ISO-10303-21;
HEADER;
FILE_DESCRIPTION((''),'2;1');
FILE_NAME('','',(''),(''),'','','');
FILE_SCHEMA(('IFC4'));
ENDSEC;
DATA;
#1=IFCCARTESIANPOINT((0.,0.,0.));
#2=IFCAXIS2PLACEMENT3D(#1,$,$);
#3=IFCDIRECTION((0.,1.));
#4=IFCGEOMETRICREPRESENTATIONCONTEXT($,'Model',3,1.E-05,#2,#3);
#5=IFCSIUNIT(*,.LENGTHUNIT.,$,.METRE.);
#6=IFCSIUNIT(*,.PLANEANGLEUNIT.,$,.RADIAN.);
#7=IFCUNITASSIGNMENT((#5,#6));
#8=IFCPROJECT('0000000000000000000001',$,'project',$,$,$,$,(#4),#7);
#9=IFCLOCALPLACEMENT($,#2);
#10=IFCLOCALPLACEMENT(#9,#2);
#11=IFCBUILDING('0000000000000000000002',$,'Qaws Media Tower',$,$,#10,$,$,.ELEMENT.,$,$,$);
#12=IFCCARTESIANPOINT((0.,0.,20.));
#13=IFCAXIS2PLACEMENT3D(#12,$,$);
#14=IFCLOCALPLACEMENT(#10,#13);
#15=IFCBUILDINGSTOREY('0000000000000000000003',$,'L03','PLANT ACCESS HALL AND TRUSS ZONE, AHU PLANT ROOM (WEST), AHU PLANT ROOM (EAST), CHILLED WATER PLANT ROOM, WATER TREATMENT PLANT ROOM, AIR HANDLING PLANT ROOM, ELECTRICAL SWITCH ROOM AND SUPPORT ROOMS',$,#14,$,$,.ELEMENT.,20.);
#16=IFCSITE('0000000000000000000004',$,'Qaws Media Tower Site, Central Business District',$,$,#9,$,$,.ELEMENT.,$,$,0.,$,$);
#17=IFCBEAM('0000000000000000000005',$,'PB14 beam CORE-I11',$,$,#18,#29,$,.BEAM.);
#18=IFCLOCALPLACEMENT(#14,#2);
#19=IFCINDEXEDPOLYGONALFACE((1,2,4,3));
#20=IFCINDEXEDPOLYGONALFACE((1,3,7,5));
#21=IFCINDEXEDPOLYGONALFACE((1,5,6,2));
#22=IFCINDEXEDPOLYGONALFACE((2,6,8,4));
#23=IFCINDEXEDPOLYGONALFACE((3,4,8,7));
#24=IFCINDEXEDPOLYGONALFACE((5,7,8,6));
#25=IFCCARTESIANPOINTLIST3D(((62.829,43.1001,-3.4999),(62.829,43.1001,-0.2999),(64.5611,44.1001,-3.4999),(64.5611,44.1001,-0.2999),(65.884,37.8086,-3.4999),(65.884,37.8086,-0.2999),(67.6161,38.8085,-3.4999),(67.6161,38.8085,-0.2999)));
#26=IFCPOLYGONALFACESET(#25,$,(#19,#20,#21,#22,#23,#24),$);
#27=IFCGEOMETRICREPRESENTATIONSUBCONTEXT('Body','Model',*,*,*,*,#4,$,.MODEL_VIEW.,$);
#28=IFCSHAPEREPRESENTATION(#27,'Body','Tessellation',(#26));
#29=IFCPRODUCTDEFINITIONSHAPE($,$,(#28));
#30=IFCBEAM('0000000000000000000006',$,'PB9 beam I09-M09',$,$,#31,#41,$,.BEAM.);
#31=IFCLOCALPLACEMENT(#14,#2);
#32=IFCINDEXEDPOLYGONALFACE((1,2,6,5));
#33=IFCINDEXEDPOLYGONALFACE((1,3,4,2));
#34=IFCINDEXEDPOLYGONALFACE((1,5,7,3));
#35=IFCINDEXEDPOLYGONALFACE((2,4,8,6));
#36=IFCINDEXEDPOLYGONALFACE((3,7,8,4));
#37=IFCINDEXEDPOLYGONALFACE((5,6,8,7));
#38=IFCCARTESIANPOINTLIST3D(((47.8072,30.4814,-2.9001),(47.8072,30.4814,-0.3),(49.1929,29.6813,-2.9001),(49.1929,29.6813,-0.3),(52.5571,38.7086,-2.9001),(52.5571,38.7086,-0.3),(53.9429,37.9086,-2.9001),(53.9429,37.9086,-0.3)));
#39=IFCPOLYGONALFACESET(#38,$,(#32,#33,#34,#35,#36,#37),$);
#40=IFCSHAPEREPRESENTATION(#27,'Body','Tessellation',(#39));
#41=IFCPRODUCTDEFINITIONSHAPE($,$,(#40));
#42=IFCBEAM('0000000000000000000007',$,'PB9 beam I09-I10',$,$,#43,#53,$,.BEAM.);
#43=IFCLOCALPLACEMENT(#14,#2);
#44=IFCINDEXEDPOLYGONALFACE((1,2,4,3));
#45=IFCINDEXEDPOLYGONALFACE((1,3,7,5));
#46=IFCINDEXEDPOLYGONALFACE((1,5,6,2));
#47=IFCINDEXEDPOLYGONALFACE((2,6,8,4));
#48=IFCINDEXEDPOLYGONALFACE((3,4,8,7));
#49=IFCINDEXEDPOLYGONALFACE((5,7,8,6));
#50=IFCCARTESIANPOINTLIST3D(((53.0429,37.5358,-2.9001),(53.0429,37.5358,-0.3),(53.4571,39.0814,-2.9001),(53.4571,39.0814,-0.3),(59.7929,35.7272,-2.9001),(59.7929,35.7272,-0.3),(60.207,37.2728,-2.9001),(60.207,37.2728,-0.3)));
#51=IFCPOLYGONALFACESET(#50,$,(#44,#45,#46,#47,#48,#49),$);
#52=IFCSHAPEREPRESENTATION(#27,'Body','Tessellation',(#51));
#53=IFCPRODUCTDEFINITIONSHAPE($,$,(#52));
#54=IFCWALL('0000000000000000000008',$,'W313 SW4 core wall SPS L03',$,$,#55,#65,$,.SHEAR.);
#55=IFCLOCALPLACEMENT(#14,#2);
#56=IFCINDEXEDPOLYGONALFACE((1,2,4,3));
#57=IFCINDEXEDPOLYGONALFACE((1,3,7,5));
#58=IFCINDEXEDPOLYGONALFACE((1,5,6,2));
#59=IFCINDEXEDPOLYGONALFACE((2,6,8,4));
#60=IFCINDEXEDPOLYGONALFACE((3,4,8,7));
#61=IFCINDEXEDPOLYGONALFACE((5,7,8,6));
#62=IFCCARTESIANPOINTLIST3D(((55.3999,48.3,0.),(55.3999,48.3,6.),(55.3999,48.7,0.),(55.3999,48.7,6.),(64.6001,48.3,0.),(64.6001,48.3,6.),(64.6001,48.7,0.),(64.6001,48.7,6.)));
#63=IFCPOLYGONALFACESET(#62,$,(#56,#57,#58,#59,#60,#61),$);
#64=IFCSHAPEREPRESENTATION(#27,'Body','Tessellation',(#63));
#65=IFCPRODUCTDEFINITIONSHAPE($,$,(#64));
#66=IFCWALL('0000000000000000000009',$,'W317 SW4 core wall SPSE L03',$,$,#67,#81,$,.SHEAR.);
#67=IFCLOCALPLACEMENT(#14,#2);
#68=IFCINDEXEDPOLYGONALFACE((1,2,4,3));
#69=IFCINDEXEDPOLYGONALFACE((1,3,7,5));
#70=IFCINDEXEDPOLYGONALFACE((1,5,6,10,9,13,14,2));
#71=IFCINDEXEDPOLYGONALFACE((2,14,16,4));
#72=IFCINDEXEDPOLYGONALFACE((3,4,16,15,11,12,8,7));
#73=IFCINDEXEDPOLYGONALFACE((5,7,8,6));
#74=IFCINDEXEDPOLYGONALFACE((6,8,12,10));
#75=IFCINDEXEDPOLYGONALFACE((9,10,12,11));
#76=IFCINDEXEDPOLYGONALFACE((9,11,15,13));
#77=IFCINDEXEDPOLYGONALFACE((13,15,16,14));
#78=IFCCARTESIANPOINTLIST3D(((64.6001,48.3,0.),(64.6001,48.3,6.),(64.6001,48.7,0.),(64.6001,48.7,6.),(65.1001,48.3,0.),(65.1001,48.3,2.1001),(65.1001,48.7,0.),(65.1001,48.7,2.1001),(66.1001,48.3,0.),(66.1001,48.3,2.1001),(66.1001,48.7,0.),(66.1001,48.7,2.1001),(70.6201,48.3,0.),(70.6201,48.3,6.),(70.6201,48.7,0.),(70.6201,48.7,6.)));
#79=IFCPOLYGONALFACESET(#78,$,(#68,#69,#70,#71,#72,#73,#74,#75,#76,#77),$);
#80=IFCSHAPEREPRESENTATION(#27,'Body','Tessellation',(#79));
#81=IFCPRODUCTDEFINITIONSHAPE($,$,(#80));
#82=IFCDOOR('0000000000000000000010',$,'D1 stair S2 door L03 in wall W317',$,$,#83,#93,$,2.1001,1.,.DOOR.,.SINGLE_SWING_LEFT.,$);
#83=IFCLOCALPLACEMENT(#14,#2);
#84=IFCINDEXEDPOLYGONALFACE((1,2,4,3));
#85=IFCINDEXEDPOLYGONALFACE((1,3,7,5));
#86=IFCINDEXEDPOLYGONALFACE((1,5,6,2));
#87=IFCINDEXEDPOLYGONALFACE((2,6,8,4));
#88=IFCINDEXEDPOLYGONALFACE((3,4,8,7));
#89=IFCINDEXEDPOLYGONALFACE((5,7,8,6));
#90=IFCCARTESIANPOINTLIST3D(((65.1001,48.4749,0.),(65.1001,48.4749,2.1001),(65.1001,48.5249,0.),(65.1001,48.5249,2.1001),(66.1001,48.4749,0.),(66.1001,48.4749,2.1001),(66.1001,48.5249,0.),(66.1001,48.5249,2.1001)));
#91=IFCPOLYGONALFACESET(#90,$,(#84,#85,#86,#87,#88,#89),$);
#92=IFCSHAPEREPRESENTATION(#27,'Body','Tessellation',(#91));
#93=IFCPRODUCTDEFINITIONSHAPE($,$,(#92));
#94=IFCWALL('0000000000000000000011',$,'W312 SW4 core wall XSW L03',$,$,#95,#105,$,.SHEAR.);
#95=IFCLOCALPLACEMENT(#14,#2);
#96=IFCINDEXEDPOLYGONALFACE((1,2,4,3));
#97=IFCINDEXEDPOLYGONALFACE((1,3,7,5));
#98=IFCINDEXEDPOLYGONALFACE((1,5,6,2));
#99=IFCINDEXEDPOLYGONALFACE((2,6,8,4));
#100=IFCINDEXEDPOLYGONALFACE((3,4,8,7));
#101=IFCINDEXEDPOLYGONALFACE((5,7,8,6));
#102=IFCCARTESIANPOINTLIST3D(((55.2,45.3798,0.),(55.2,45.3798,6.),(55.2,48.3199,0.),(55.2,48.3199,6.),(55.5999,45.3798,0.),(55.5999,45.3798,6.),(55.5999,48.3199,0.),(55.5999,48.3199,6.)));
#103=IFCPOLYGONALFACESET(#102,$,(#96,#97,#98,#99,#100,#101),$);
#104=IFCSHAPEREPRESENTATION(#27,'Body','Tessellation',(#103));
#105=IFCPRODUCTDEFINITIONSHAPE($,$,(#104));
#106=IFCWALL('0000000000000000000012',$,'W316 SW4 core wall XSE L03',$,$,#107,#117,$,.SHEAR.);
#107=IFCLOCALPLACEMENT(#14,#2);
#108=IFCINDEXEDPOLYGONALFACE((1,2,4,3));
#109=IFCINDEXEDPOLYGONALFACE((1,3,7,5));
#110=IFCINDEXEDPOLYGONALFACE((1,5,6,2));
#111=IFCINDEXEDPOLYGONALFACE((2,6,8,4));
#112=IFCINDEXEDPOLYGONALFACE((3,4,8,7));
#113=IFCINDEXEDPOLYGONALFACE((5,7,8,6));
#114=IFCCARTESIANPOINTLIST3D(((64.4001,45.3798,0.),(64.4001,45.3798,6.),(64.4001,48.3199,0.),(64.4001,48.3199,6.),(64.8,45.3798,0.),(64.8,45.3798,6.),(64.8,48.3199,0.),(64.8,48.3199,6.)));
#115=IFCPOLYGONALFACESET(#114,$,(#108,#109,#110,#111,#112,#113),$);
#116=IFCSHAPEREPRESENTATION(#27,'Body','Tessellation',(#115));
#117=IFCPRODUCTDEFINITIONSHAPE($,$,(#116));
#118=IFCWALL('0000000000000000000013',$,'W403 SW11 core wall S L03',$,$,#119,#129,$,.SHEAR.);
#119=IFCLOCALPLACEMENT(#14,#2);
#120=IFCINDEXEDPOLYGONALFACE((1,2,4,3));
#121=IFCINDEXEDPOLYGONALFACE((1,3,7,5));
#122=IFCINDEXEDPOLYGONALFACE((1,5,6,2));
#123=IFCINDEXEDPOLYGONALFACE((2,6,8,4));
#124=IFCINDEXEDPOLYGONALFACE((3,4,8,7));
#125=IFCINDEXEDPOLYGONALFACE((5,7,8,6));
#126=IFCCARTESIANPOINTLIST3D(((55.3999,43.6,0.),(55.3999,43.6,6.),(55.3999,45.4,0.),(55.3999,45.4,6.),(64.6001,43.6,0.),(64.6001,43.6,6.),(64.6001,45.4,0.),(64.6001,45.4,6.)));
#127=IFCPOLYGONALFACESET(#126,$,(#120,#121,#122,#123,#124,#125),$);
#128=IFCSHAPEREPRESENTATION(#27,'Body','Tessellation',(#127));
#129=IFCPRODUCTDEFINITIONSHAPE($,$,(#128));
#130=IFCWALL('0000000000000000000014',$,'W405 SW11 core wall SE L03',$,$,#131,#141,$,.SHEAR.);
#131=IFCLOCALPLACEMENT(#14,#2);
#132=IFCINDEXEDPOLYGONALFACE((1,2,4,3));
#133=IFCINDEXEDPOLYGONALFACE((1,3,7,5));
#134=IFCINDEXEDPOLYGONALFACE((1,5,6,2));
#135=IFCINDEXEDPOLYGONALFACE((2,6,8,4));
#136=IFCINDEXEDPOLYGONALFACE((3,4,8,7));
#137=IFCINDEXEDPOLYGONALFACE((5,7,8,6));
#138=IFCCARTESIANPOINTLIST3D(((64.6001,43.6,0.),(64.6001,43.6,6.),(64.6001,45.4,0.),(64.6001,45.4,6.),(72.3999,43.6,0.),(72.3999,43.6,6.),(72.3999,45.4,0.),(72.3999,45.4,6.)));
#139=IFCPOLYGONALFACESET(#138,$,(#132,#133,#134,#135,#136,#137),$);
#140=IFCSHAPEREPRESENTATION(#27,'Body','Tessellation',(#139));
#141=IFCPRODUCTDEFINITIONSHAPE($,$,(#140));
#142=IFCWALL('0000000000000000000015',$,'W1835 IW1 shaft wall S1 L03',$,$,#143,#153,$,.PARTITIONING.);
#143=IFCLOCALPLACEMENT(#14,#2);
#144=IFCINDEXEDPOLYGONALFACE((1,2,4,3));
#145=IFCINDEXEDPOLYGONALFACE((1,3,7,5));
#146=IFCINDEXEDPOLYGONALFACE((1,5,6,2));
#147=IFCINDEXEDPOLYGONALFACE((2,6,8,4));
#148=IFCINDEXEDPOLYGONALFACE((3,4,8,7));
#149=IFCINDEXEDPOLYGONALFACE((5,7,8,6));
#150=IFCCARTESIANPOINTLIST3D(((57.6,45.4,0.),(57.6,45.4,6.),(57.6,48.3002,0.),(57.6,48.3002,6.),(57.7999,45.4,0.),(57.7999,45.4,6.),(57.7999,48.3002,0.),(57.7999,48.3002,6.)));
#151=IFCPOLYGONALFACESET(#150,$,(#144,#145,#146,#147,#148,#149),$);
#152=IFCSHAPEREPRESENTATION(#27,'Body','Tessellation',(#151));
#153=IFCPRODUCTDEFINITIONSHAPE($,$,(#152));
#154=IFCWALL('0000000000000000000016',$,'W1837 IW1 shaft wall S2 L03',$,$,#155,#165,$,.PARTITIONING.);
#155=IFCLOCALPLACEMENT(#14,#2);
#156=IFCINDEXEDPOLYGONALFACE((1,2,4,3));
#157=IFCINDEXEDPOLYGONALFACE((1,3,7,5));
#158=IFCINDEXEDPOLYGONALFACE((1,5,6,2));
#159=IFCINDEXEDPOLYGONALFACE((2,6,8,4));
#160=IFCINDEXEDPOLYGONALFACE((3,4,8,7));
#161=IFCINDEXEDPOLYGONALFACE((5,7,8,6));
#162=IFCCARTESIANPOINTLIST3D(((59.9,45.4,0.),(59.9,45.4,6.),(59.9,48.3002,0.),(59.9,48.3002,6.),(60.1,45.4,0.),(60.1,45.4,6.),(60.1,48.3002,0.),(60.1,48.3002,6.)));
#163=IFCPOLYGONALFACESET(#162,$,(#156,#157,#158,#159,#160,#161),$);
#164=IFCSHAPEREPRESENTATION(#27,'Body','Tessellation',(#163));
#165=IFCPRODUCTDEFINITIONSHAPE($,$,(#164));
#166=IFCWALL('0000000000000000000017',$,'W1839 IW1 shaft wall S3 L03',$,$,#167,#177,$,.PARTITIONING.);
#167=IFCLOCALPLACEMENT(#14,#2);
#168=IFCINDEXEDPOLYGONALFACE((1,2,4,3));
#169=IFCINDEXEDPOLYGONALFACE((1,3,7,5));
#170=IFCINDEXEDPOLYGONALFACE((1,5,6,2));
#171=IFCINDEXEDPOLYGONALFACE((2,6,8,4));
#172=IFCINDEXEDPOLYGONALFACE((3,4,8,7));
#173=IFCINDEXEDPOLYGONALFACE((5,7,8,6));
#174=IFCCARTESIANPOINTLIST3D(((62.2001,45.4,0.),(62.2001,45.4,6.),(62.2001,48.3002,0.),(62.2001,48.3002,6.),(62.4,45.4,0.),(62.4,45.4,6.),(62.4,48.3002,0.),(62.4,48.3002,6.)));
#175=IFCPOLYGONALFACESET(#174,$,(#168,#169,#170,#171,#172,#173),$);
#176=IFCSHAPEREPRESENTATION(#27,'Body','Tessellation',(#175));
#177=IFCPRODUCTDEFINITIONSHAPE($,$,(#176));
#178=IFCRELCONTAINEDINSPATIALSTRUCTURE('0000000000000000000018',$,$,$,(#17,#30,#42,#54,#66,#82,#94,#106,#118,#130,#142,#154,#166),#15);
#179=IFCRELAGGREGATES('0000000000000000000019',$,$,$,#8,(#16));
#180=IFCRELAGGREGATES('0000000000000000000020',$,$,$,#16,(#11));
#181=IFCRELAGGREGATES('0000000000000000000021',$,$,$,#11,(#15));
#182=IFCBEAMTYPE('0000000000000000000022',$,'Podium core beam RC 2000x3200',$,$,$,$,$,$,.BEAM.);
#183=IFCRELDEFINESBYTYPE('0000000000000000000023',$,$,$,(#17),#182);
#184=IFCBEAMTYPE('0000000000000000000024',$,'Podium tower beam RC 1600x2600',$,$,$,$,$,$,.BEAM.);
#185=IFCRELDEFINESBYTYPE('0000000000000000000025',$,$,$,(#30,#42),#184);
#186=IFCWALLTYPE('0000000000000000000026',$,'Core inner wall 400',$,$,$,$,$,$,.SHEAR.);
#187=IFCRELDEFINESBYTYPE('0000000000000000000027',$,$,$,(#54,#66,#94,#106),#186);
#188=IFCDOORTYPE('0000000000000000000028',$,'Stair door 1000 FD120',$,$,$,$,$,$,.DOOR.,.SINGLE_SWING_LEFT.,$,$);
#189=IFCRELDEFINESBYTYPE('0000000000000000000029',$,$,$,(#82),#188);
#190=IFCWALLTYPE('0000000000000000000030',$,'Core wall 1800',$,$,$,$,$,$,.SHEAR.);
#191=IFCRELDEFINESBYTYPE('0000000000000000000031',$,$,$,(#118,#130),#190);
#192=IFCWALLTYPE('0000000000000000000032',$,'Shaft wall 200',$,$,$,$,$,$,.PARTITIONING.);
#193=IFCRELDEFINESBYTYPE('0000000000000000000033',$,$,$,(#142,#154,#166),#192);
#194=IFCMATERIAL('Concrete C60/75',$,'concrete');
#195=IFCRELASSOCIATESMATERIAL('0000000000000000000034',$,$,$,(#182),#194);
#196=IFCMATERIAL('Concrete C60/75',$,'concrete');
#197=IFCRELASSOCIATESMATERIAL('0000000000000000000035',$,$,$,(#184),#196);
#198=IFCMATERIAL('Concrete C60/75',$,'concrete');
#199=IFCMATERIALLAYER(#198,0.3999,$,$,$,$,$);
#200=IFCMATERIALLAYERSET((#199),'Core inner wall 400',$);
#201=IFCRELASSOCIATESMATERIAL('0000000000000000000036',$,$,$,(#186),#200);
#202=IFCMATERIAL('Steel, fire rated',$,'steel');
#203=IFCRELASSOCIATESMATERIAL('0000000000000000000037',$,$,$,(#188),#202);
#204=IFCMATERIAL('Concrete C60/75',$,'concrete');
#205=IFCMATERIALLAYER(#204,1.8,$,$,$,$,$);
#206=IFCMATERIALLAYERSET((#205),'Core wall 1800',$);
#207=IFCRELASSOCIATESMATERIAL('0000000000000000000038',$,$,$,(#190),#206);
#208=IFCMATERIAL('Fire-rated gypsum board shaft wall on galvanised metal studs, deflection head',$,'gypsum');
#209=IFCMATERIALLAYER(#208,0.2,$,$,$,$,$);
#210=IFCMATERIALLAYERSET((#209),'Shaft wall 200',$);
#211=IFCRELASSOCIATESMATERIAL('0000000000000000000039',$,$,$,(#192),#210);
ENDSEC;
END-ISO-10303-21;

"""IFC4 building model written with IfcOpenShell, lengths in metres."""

from ifc_helpers import new_model, si_unit, direction, frame, frame_2d, origin, origin_2d, place, context, subcontext, project, spatial, rectangle, extrude, material, layer, layer_set, material_profile, profile_set, type_object, element, fill, save


model = new_model("IFC4")

# Units and contexts
model_context = context("Model", 3, precision=1e-05, world=origin(), true_north=direction((0.0, 1.0)))
body_context = subcontext(model_context, "Body", "Model", "MODEL_VIEW")
ifc_project = project(units=[si_unit("LENGTHUNIT", "METRE"), si_unit("PLANEANGLEUNIT", "RADIAN")], contexts=[model_context])

# Site, building, storey
site_placement = place(None, origin())
site = spatial("IfcSite", under=ifc_project, at=site_placement, Name="Qaws Media Tower Site, Central Business District", CompositionType="ELEMENT", RefElevation=0.0)
building_placement = place(site_placement, origin())
building = spatial("IfcBuilding", under=site, at=building_placement, Name="Qaws Media Tower", CompositionType="ELEMENT")
storey_placement = place(building_placement, frame((0.0, 0.0, 20.0)))
storey = spatial("IfcBuildingStorey", under=building, at=storey_placement, Name="L03", Description="PLANT ACCESS HALL AND TRUSS ZONE, AHU PLANT ROOM (WEST), AHU PLANT ROOM (EAST), CHILLED WATER PLANT ROOM, WATER TREATMENT PLANT ROOM, AIR HANDLING PLANT ROOM, ELECTRICAL SWITCH ROOM AND SUPPORT ROOMS", CompositionType="ELEMENT", Elevation=20.0)

# Beams
ifc_material_1 = material(Name="Concrete C60/75", Category="concrete")
ifc_material_profile_1 = material_profile(ifc_material_1, rectangle(XDim=2.0, YDim=3.2, at=origin_2d()), Name="RC 2000x3200")
ifc_profile_set_1 = profile_set([ifc_material_profile_1], Name="Concrete C60/75")
beam_type_1 = type_object("IfcBeamType", Name="Podium core beam RC 2000x3200", PredefinedType="BEAM", material=ifc_profile_set_1)
beam_1_placement = place(storey_placement, frame((63.6951, 43.6001, -1.8999), z_axis=(0.499985, -0.866034, 0.0), x_axis=(0.866034, 0.499985, 0.0)))
element("IfcBeam", 1, at=beam_1_placement, inside=storey, type_object=beam_type_1, Name="PB14 beam CORE-I11", PredefinedType="BEAM", context=body_context, shape_type="SweptSolid", body=[
    extrude(rectangle(XDim=2.0, YDim=3.2, at=origin_2d()), origin(), (0.0, 0.0, 1.0), 6.1101),
])
ifc_material_2 = material(Name="Concrete C60/75", Category="concrete")
ifc_material_profile_2 = material_profile(ifc_material_2, rectangle(XDim=1.6001, YDim=2.6001, at=origin_2d()), Name="RC 1600x2600")
ifc_profile_set_2 = profile_set([ifc_material_profile_2], Name="Concrete C60/75")
beam_type_2 = type_object("IfcBeamType", Name="Podium tower beam RC 1600x2600", PredefinedType="BEAM", material=ifc_profile_set_2)
beam_2_placement = place(storey_placement, frame((53.25, 38.3086, -1.6001), z_axis=(-0.499998, -0.866027, 0.0), x_axis=(0.866027, -0.499998, 0.0)))
element("IfcBeam", 2, at=beam_2_placement, inside=storey, type_object=beam_type_2, Name="PB9 beam I09-M09", PredefinedType="BEAM", context=body_context, shape_type="SweptSolid", body=[
    extrude(rectangle(XDim=1.6001, YDim=2.6001, at=origin_2d()), origin(), (0.0, 0.0, 1.0), 9.5),
])
beam_3_placement = place(storey_placement, frame((53.25, 38.3086, -1.6001), z_axis=(0.965928, -0.258811, 0.0), x_axis=(0.258811, 0.965928, 0.0)))
element("IfcBeam", 3, at=beam_3_placement, inside=storey, type_object=beam_type_2, Name="PB9 beam I09-I10", PredefinedType="BEAM", context=body_context, shape_type="SweptSolid", body=[
    extrude(rectangle(XDim=1.6001, YDim=2.6001, at=origin_2d()), origin(), (0.0, 0.0, 1.0), 6.988),
])

# Wall
ifc_material_3 = material(Name="Concrete C60/75", Category="concrete")
ifc_layer_1 = layer(ifc_material_3, 0.3999)
ifc_layer_set_1 = layer_set([ifc_layer_1], Name="Core inner wall 400")
wall_type_1 = type_object("IfcWallType", Name="Core inner wall 400", PredefinedType="SHEAR", material=ifc_layer_set_1)
wall_1_placement = place(storey_placement, frame((55.3999, 48.5, 0.0), z_axis=(0.0, 0.0, 1.0), x_axis=(1.0, 0.0, 0.0)))
element("IfcWall", 4, at=wall_1_placement, inside=storey, type_object=wall_type_1, Name="W313 SW4 core wall SPS L03", PredefinedType="SHEAR", context=body_context, shape_type="SweptSolid", body=[
    extrude(rectangle(XDim=9.2002, YDim=0.3999, at=frame_2d((4.6001, 0.0))), origin(), (0.0, 0.0, 1.0), 6.0),
])

# Wall, opening, door
wall_2_placement = place(storey_placement, frame((64.6001, 48.5, 0.0), z_axis=(0.0, 0.0, 1.0), x_axis=(1.0, 0.0, 0.0)))
wall_2 = element("IfcWall", 5, at=wall_2_placement, inside=storey, type_object=wall_type_1, Name="W317 SW4 core wall SPSE L03", PredefinedType="SHEAR", context=body_context, shape_type="SweptSolid", body=[
    extrude(rectangle(XDim=6.02, YDim=0.3999, at=frame_2d((3.01, 0.0))), origin(), (0.0, 0.0, 1.0), 6.0),
])
opening_placement = place(wall_2_placement, frame((0.5, 0.0, 0.0)))
opening = element("IfcOpeningElement", 6, at=opening_placement, cuts=wall_2, PredefinedType="OPENING", context=body_context, shape_type="SweptSolid", body=[
    extrude(rectangle(XDim=1.0, YDim=2.1001, at=frame_2d((0.5, 1.05))), frame((0.0, 0.21, 0.0), z_axis=(0.0, -1.0, 0.0), x_axis=(1.0, 0.0, 0.0)), (0.0, 0.0, 1.0), 0.4199),
])
ifc_material_4 = material(Name="Steel, fire rated", Category="steel")
door_type = type_object("IfcDoorType", Name="Stair door 1000 FD120", OperationType="SINGLE_SWING_LEFT", PredefinedType="DOOR", material=ifc_material_4)
door_placement = place(opening_placement, origin())
door = element("IfcDoor", 7, at=door_placement, inside=storey, type_object=door_type, Name="D1 stair S2 door L03 in wall W317", OperationType="SINGLE_SWING_LEFT", OverallHeight=2.1001, OverallWidth=1.0, PredefinedType="DOOR", context=body_context, shape_type="SweptSolid", body=[
    extrude(rectangle(XDim=1.0, YDim=2.1001, at=frame_2d((0.5, 1.05))), frame((0.0, 0.0249, 0.0), z_axis=(0.0, -1.0, 0.0), x_axis=(1.0, 0.0, 0.0)), (0.0, 0.0, 1.0), 0.05),
])
fill(opening, door)

# Walls
for number, where, z_axis, x_axis, name in (
    (8, (55.3999, 48.3201, 0.0), (0.0, 0.0, 1.0), (0.0, -1.0, 0.0), "W312 SW4 core wall XSW L03"),
    (9, (64.6001, 48.3201, 0.0), (0.0, 0.0, 1.0), (0.0, -1.0, 0.0), "W316 SW4 core wall XSE L03"),
):
    element("IfcWall", number, at=place(storey_placement, frame(where, z_axis=z_axis, x_axis=x_axis)), inside=storey, type_object=wall_type_1, Name=name, PredefinedType="SHEAR", context=body_context, shape_type="SweptSolid", body=[
        extrude(rectangle(XDim=2.9402, YDim=0.3999, at=frame_2d((1.4702, 0.0))), origin(), (0.0, 0.0, 1.0), 6.0),
    ])
ifc_material_5 = material(Name="Concrete C60/75", Category="concrete")
ifc_layer_2 = layer(ifc_material_5, 1.8)
ifc_layer_set_2 = layer_set([ifc_layer_2], Name="Core wall 1800")
wall_type_2 = type_object("IfcWallType", Name="Core wall 1800", PredefinedType="SHEAR", material=ifc_layer_set_2)
wall_3_placement = place(storey_placement, frame((55.3999, 44.5, 0.0), z_axis=(0.0, 0.0, 1.0), x_axis=(1.0, 0.0, 0.0)))
element("IfcWall", 10, at=wall_3_placement, inside=storey, type_object=wall_type_2, Name="W403 SW11 core wall S L03", PredefinedType="SHEAR", context=body_context, shape_type="SweptSolid", body=[
    extrude(rectangle(XDim=9.2002, YDim=1.8, at=frame_2d((4.6001, 0.0))), origin(), (0.0, 0.0, 1.0), 6.0),
])
wall_4_placement = place(storey_placement, frame((64.6001, 44.5, 0.0), z_axis=(0.0, 0.0, 1.0), x_axis=(1.0, 0.0, 0.0)))
element("IfcWall", 11, at=wall_4_placement, inside=storey, type_object=wall_type_2, Name="W405 SW11 core wall SE L03", PredefinedType="SHEAR", context=body_context, shape_type="SweptSolid", body=[
    extrude(rectangle(XDim=7.7998, YDim=1.8, at=frame_2d((3.8999, 0.0))), origin(), (0.0, 0.0, 1.0), 6.0),
])
ifc_material_6 = material(Name="Fire-rated gypsum board shaft wall on galvanised metal studs, deflection head", Category="gypsum")
ifc_layer_3 = layer(ifc_material_6, 0.2)
ifc_layer_set_3 = layer_set([ifc_layer_3], Name="Shaft wall 200")
wall_type_3 = type_object("IfcWallType", Name="Shaft wall 200", PredefinedType="PARTITIONING", material=ifc_layer_set_3)
for number, where, z_axis, x_axis, name in (
    (12, (57.7, 45.3999, 0.0), (0.0, 0.0, 1.0), (0.0, 1.0, 0.0), "W1835 IW1 shaft wall S1 L03"),
    (13, (60.0, 45.3999, 0.0), (0.0, 0.0, 1.0), (0.0, 1.0, 0.0), "W1837 IW1 shaft wall S2 L03"),
    (14, (62.3, 45.3999, 0.0), (0.0, 0.0, 1.0), (0.0, 1.0, 0.0), "W1839 IW1 shaft wall S3 L03"),
):
    element("IfcWall", number, at=place(storey_placement, frame(where, z_axis=z_axis, x_axis=x_axis)), inside=storey, type_object=wall_type_3, Name=name, PredefinedType="PARTITIONING", context=body_context, shape_type="SweptSolid", body=[
        extrude(rectangle(XDim=2.9001, YDim=0.2, at=frame_2d((1.4502, 0.0))), origin(), (0.0, 0.0, 1.0), 6.0),
    ])

save(model, "model.ifc")
